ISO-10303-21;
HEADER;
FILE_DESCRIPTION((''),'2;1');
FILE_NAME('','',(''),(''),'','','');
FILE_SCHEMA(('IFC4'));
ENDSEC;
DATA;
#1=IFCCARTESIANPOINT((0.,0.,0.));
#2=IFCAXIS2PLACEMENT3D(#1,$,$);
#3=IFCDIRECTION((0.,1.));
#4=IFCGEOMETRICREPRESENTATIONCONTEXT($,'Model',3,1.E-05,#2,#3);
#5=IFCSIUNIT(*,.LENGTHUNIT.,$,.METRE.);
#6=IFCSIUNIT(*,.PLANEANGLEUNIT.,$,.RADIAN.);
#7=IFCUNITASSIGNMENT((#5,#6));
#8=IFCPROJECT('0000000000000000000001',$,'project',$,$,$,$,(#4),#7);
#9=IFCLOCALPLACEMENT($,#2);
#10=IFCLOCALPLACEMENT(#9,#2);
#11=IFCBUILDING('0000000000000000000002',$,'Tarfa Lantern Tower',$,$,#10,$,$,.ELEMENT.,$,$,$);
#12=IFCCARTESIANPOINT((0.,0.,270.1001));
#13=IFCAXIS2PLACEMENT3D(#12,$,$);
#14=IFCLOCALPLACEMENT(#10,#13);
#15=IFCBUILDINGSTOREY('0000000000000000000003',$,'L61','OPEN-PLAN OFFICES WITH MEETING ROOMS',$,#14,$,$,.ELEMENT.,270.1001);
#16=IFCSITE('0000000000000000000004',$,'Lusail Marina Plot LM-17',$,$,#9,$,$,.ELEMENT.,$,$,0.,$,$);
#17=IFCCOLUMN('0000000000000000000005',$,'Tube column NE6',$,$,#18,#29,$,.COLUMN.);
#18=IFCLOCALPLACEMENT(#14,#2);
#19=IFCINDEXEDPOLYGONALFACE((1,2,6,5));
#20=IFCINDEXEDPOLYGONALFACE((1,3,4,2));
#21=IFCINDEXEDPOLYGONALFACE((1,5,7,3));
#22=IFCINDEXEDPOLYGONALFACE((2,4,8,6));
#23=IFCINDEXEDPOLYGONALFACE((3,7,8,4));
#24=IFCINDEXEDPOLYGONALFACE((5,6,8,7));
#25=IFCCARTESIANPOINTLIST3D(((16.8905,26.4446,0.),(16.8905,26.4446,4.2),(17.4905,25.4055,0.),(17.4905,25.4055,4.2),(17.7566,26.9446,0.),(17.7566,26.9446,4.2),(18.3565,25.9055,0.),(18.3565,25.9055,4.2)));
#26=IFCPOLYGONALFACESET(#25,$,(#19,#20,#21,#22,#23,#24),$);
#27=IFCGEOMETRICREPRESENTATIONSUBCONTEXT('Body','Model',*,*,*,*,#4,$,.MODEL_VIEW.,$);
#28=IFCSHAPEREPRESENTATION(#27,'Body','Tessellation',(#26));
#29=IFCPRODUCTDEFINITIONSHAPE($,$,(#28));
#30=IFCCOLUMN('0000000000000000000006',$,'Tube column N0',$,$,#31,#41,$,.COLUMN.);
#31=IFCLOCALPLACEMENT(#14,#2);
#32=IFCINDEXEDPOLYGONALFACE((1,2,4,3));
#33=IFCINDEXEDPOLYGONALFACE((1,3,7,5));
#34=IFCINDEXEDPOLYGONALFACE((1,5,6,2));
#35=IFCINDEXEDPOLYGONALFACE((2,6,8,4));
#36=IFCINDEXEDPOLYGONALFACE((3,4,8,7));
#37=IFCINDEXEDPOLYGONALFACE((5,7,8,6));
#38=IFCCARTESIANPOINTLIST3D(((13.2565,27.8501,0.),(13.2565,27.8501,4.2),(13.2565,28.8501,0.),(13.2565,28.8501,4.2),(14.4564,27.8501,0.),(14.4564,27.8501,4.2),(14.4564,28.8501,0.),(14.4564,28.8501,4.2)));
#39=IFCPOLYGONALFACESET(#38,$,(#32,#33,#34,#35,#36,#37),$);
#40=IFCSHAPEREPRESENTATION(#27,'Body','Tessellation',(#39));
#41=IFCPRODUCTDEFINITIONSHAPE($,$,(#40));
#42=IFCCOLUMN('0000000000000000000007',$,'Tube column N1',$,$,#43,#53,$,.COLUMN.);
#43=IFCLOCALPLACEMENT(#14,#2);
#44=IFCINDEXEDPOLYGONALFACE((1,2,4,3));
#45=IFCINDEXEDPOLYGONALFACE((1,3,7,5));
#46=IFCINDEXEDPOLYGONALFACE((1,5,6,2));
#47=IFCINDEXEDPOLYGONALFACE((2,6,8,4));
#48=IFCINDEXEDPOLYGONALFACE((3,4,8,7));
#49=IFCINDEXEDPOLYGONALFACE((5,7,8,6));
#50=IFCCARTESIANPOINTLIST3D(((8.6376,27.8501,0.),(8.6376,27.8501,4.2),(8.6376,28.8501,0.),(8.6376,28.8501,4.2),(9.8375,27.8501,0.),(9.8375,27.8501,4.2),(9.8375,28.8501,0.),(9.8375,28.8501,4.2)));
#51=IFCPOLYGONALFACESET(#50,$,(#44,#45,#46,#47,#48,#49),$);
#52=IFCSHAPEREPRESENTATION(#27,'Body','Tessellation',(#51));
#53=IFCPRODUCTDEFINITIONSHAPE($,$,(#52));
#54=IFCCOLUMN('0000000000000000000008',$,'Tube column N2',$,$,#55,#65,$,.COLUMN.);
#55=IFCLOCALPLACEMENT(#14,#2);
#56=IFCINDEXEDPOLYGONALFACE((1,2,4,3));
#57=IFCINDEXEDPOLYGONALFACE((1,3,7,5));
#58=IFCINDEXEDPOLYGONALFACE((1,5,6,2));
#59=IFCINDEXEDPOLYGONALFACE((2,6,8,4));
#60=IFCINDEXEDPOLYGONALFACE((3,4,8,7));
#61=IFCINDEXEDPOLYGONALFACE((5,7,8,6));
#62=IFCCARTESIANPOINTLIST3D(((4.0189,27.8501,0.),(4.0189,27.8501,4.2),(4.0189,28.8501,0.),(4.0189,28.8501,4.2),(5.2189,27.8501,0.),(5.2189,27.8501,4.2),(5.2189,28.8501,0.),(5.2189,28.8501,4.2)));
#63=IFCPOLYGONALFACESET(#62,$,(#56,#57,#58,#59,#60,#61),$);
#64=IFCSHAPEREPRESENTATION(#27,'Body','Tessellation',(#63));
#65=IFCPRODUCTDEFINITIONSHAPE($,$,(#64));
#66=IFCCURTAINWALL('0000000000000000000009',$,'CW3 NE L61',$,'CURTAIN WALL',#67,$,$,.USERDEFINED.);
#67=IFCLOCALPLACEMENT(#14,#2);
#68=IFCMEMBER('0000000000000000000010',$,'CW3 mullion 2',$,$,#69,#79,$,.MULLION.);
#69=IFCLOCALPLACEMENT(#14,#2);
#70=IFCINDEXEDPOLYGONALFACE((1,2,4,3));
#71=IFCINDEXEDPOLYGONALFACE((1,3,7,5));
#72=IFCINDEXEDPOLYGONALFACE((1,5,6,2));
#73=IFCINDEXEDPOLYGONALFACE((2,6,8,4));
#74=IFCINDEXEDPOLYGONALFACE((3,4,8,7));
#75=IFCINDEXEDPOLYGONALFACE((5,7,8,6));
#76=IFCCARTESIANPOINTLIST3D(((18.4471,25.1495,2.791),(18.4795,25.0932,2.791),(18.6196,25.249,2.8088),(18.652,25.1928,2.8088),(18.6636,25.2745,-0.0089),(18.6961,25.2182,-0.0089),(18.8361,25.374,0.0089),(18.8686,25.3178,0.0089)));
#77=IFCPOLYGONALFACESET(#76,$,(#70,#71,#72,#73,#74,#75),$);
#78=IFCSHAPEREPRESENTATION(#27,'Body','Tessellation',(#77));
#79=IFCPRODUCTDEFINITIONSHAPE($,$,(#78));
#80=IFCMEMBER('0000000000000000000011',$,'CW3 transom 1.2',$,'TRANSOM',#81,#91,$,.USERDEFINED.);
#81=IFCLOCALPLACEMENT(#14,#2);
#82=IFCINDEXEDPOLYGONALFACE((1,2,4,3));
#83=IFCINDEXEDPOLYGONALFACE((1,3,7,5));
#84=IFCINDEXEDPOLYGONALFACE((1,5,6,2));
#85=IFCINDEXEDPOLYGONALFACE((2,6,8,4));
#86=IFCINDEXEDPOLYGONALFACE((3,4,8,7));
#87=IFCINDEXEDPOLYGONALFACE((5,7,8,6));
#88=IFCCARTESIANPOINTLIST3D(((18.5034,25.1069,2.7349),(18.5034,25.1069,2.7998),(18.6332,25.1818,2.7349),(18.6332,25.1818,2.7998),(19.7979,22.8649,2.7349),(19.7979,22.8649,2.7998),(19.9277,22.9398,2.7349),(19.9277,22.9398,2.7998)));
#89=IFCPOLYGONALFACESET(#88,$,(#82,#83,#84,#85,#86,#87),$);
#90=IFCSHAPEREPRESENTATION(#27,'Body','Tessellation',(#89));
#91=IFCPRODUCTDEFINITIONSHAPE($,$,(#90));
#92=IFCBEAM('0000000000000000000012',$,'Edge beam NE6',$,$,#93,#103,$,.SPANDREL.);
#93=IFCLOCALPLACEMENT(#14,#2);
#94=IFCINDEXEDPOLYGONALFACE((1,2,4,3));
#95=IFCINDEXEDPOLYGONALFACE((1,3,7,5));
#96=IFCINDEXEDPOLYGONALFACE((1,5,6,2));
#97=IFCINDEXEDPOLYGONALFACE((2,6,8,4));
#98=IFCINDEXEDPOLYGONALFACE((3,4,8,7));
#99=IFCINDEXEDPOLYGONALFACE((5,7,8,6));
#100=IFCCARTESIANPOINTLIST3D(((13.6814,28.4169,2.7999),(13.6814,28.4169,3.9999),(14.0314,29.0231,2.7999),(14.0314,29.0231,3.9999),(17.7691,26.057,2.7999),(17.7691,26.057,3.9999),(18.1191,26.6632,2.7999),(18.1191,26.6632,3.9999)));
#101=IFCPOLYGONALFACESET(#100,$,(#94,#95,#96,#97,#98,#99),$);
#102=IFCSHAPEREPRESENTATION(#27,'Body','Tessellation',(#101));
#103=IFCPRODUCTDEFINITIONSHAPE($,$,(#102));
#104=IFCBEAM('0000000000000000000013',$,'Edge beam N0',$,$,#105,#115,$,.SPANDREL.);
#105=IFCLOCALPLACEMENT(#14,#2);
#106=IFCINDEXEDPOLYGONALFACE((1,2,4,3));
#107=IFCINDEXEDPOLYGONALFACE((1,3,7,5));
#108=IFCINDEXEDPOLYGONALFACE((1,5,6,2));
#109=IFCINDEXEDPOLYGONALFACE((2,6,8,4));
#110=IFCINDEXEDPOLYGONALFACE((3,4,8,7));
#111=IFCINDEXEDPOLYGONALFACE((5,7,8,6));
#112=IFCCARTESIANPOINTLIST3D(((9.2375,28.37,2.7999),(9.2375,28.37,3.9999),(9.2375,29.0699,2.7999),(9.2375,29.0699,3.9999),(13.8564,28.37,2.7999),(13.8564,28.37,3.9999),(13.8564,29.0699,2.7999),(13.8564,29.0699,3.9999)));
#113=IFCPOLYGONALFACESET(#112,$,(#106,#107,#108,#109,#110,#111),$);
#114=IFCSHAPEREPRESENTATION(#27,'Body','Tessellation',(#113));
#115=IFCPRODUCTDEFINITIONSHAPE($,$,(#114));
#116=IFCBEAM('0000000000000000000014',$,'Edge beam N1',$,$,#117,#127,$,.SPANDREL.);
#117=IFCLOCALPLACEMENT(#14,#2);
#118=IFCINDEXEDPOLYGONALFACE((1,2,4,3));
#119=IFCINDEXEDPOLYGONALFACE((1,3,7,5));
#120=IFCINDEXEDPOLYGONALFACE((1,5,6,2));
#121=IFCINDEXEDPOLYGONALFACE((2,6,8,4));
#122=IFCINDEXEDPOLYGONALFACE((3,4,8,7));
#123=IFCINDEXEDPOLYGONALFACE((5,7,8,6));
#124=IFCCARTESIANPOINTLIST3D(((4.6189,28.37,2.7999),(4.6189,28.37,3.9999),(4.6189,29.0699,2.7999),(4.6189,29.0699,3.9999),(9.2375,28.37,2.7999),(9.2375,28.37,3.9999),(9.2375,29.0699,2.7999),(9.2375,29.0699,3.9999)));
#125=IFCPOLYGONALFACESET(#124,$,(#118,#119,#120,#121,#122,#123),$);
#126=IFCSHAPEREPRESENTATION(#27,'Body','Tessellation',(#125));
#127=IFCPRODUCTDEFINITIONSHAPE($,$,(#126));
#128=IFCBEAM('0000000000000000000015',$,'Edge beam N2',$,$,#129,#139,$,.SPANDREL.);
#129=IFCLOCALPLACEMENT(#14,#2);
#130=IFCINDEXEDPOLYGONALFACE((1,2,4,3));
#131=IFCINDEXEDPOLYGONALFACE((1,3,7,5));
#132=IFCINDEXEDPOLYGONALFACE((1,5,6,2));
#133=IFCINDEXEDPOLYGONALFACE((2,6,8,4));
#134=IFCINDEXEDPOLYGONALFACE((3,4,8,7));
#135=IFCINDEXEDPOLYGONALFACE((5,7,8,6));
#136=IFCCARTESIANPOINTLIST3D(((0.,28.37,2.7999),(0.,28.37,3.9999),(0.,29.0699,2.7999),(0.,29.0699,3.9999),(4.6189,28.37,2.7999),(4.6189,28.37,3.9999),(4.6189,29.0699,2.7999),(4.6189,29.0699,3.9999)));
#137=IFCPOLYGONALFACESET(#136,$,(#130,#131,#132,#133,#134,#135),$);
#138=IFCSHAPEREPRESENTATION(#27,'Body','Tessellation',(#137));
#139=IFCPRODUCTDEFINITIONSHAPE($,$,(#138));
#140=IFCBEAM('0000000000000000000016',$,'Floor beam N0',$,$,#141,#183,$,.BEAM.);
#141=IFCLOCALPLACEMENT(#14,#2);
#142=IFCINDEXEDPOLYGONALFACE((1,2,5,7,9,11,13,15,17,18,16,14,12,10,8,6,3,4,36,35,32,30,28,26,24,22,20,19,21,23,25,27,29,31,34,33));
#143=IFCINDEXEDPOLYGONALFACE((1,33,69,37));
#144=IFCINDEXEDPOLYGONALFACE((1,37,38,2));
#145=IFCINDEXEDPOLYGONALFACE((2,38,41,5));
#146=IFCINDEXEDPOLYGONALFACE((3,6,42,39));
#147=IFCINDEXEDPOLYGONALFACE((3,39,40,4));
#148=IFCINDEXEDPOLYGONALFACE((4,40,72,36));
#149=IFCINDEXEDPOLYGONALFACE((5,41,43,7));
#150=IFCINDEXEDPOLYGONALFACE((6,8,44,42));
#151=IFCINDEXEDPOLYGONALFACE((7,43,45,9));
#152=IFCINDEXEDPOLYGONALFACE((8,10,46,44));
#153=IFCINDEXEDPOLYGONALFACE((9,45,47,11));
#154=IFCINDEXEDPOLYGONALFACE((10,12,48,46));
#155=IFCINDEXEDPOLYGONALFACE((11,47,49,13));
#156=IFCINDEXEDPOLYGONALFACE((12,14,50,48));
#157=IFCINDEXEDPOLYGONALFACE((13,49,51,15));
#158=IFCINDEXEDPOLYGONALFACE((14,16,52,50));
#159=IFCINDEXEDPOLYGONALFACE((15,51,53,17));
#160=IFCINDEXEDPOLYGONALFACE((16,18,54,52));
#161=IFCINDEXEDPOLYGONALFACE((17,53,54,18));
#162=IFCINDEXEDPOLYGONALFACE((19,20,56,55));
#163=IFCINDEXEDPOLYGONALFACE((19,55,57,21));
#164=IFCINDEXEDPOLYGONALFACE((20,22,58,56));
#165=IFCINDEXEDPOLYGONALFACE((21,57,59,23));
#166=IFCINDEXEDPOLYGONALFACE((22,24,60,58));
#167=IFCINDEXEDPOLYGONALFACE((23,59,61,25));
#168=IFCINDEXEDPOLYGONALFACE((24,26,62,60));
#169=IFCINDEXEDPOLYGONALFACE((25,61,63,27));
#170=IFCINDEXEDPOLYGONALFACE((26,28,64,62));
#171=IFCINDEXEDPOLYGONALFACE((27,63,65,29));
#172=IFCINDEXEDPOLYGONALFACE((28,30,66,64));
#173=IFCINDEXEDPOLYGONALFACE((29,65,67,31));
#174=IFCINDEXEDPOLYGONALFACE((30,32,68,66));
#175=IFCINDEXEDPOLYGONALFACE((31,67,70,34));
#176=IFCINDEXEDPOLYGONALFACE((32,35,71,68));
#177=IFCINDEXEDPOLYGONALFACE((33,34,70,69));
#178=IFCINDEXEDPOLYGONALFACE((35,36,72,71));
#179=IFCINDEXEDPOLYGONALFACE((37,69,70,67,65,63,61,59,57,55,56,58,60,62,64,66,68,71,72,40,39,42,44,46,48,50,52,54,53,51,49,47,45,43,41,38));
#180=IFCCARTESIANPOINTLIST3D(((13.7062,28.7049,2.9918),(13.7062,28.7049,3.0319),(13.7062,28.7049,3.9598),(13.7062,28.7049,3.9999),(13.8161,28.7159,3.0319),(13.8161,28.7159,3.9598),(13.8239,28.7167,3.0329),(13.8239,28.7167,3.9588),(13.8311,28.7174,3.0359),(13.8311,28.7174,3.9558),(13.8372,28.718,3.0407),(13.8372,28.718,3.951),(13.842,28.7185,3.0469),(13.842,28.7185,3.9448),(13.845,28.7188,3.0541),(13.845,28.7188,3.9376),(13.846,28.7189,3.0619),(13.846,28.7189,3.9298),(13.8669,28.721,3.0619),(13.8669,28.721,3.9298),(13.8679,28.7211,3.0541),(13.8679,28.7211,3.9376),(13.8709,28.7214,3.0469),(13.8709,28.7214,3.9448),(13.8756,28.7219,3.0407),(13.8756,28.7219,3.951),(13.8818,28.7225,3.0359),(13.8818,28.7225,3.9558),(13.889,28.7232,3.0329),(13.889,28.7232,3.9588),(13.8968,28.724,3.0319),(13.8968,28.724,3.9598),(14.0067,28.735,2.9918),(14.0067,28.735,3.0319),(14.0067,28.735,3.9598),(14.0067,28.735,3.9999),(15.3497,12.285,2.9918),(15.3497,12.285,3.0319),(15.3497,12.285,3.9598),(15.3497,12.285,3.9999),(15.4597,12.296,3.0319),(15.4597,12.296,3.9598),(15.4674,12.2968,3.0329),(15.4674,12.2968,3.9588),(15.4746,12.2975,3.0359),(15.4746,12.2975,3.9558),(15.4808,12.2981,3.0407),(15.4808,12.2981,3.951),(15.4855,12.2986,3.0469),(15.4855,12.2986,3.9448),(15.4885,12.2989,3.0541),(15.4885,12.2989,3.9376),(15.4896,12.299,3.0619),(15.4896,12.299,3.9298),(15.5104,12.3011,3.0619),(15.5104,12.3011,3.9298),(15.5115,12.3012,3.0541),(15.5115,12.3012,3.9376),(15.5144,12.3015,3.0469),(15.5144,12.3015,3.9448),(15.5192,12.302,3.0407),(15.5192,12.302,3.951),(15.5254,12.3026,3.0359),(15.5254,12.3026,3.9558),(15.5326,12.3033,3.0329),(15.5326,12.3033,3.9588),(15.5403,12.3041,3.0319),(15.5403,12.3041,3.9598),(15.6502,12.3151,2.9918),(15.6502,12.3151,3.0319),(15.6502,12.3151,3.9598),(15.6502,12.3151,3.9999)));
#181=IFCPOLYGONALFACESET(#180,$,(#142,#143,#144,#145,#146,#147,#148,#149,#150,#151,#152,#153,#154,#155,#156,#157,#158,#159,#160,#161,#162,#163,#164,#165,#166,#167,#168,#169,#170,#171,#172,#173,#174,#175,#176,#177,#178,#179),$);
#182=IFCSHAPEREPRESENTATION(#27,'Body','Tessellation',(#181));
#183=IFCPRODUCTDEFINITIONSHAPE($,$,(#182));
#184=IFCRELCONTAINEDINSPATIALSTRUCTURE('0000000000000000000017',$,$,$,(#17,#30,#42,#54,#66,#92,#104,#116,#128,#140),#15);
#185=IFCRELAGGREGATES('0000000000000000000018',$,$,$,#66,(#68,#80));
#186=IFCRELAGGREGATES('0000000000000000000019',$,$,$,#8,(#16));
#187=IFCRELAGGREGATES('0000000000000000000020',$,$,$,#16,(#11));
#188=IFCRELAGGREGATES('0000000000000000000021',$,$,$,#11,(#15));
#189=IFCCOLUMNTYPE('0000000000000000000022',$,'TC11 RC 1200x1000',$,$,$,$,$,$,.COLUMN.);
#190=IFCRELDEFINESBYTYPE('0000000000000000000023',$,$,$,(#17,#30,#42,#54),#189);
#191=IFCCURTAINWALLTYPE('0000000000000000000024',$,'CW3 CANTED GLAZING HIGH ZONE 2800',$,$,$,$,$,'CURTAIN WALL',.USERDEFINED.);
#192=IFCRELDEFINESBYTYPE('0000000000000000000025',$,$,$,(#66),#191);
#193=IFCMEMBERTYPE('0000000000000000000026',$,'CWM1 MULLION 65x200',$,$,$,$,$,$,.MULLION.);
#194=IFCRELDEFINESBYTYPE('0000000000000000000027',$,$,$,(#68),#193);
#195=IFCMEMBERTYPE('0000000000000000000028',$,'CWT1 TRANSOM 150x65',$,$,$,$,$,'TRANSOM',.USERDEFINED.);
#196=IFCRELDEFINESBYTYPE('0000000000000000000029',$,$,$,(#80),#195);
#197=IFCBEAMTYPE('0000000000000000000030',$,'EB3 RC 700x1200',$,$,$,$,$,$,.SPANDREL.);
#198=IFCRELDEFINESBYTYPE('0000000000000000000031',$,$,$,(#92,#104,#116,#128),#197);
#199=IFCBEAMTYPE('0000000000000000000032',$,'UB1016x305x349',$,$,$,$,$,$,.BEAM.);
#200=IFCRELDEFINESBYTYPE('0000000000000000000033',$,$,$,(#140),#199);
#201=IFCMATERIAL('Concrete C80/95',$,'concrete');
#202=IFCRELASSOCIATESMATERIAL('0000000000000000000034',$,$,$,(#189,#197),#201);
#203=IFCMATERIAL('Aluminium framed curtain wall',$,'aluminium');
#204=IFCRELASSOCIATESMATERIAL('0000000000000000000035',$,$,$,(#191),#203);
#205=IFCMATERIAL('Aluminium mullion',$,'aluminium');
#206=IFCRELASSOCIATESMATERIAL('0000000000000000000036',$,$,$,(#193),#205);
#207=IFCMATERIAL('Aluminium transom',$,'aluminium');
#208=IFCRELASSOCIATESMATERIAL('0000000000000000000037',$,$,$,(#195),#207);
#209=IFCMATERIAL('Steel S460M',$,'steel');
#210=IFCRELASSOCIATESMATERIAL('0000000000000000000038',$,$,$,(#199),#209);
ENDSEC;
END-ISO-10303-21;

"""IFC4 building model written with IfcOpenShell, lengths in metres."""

from ifc_helpers import new_model, si_unit, direction, frame, origin, origin_2d, place, context, subcontext, project, spatial, rectangle, i_section, extrude, material, material_profile, profile_set, type_object, element, aggregate, save


model = new_model("IFC4")

# Units and contexts
model_context = context("Model", 3, precision=1e-05, world=origin(), true_north=direction((0.0, 1.0)))
body_context = subcontext(model_context, "Body", "Model", "MODEL_VIEW")
ifc_project = project(units=[si_unit("LENGTHUNIT", "METRE"), si_unit("PLANEANGLEUNIT", "RADIAN")], contexts=[model_context])

# Site, building, storey
site_placement = place(None, origin())
site = spatial("IfcSite", under=ifc_project, at=site_placement, Name="Lusail Marina Plot LM-17", CompositionType="ELEMENT", RefElevation=0.0)
building_placement = place(site_placement, origin())
building = spatial("IfcBuilding", under=site, at=building_placement, Name="Tarfa Lantern Tower", CompositionType="ELEMENT")
storey_placement = place(building_placement, frame((0.0, 0.0, 270.1001)))
storey = spatial("IfcBuildingStorey", under=building, at=storey_placement, Name="L61", Description="OPEN-PLAN OFFICES WITH MEETING ROOMS", CompositionType="ELEMENT", Elevation=270.1001)

# Columns
ifc_material_1 = material(Name="Concrete C80/95", Category="concrete")
ifc_material_profile_1 = material_profile(ifc_material_1, rectangle(XDim=1.2, YDim=1.0, at=origin_2d()), Name="RC 1200x1000")
ifc_profile_set_1 = profile_set([ifc_material_profile_1], Name="Concrete C80/95")
column_type = type_object("IfcColumnType", Name="TC11 RC 1200x1000", PredefinedType="COLUMN", material=ifc_profile_set_1)
for number, where, z_axis, x_axis, name in (
    (1, (17.6235, 26.175, 0.0), (0.0, 0.0, 1.0), (-0.5, 0.866025, 0.0), "Tube column NE6"),
    (2, (13.8564, 28.3501, 0.0), (0.0, 0.0, 1.0), (-1.0, 0.0, 0.0), "Tube column N0"),
    (3, (9.2375, 28.3501, 0.0), (0.0, 0.0, 1.0), (-1.0, 0.0, 0.0), "Tube column N1"),
    (4, (4.6189, 28.3501, 0.0), (0.0, 0.0, 1.0), (-1.0, 0.0, 0.0), "Tube column N2"),
):
    element("IfcColumn", number, at=place(storey_placement, frame(where, z_axis=z_axis, x_axis=x_axis)), inside=storey, type_object=column_type, Name=name, PredefinedType="COLUMN", context=body_context, shape_type="SweptSolid", body=[
        extrude(rectangle(XDim=1.2, YDim=1.0, at=origin_2d()), origin(), (0.0, 0.0, 1.0), 4.2),
    ])

# Curtain wall, members
ifc_material_2 = material(Name="Aluminium framed curtain wall", Category="aluminium")
curtain_wall_type = type_object("IfcCurtainWallType", Name="CW3 CANTED GLAZING HIGH ZONE 2800", ElementType="CURTAIN WALL", PredefinedType="USERDEFINED", material=ifc_material_2)
curtain_wall_placement = place(storey_placement, origin())
curtain_wall = element("IfcCurtainWall", 5, at=curtain_wall_placement, inside=storey, type_object=curtain_wall_type, Name="CW3 NE L61", ObjectType="CURTAIN WALL", PredefinedType="USERDEFINED")
ifc_material_3 = material(Name="Aluminium mullion", Category="aluminium")
ifc_material_profile_2 = material_profile(ifc_material_3, rectangle(XDim=0.0649, YDim=0.2, at=origin_2d()), Name="AL MULLION 65x200")
ifc_profile_set_2 = profile_set([ifc_material_profile_2], Name="Aluminium mullion")
member_type_1 = type_object("IfcMemberType", Name="CWM1 MULLION 65x200", PredefinedType="MULLION", material=ifc_profile_set_2)
member_1_placement = place(storey_placement, frame((18.7661, 25.2961, 0.0), z_axis=(-0.077039, -0.044469, 0.996036), x_axis=(0.49992, -0.866072, 0.0)))
member_1 = element("IfcMember", 6, at=member_1_placement, type_object=member_type_1, Name="CW3 mullion 2", PredefinedType="MULLION", context=body_context, shape_type="SweptSolid", body=[
    extrude(rectangle(XDim=0.0649, YDim=0.2, at=origin_2d()), origin(), (0.0, 0.0, 1.0), 2.811),
])
ifc_material_4 = material(Name="Aluminium transom", Category="aluminium")
ifc_material_profile_3 = material_profile(ifc_material_4, rectangle(XDim=0.1499, YDim=0.0649, at=origin_2d()), Name="AL TRANSOM 150x65")
ifc_profile_set_3 = profile_set([ifc_material_profile_3], Name="Aluminium transom")
member_type_2 = type_object("IfcMemberType", Name="CWT1 TRANSOM 150x65", ElementType="TRANSOM", PredefinedType="USERDEFINED", material=ifc_profile_set_3)
member_2_placement = place(storey_placement, frame((19.8628, 22.9023, 2.7673), z_axis=(-0.500014, 0.866018, 0.0), x_axis=(-0.866018, -0.500014, 0.0)))
member_2 = element("IfcMember", 7, at=member_2_placement, type_object=member_type_2, Name="CW3 transom 1.2", ObjectType="TRANSOM", PredefinedType="USERDEFINED", context=body_context, shape_type="SweptSolid", body=[
    extrude(rectangle(XDim=0.1499, YDim=0.0649, at=origin_2d()), origin(), (0.0, 0.0, 1.0), 2.5889),
])

# Beams
ifc_material_profile_4 = material_profile(ifc_material_1, rectangle(XDim=0.7, YDim=1.2, at=origin_2d()), Name="RC 700x1200")
ifc_profile_set_4 = profile_set([ifc_material_profile_4], Name="Concrete C80/95")
beam_type_1 = type_object("IfcBeamType", Name="EB3 RC 700x1200", PredefinedType="SPANDREL", material=ifc_profile_set_4)
beam_1_placement = place(storey_placement, frame((17.9441, 26.3601, 3.3999), z_axis=(-0.866038, 0.499978, 0.0), x_axis=(-0.499978, -0.866038, 0.0)))
element("IfcBeam", 8, at=beam_1_placement, inside=storey, type_object=beam_type_1, Name="Edge beam NE6", PredefinedType="SPANDREL", context=body_context, shape_type="SweptSolid", body=[
    extrude(rectangle(XDim=0.7, YDim=1.2, at=origin_2d()), origin(), (0.0, 0.0, 1.0), 4.72),
])
beam_2_placement = place(storey_placement, frame((13.8564, 28.72, 3.3999), z_axis=(-1.0, 0.0, 0.0), x_axis=(0.0, -1.0, 0.0)))
element("IfcBeam", 9, at=beam_2_placement, inside=storey, type_object=beam_type_1, Name="Edge beam N0", PredefinedType="SPANDREL", context=body_context, shape_type="SweptSolid", body=[
    extrude(rectangle(XDim=0.7, YDim=1.2, at=origin_2d()), origin(), (0.0, 0.0, 1.0), 4.6189),
])
beam_3_placement = place(storey_placement, frame((9.2375, 28.72, 3.3999), z_axis=(-1.0, 0.0, 0.0), x_axis=(0.0, -1.0, 0.0)))
element("IfcBeam", 10, at=beam_3_placement, inside=storey, type_object=beam_type_1, Name="Edge beam N1", PredefinedType="SPANDREL", context=body_context, shape_type="SweptSolid", body=[
    extrude(rectangle(XDim=0.7, YDim=1.2, at=origin_2d()), origin(), (0.0, 0.0, 1.0), 4.6187),
])
beam_4_placement = place(storey_placement, frame((4.6189, 28.72, 3.3999), z_axis=(-1.0, 0.0, 0.0), x_axis=(0.0, -1.0, 0.0)))
element("IfcBeam", 11, at=beam_4_placement, inside=storey, type_object=beam_type_1, Name="Edge beam N2", PredefinedType="SPANDREL", context=body_context, shape_type="SweptSolid", body=[
    extrude(rectangle(XDim=0.7, YDim=1.2, at=origin_2d()), origin(), (0.0, 0.0, 1.0), 4.6189),
])
ifc_material_5 = material(Name="Steel S460M", Category="steel")
ifc_material_profile_5 = material_profile(ifc_material_5, i_section(OverallWidth=0.302, OverallDepth=1.0081, WebThickness=0.021, FlangeThickness=0.04, FilletRadius=0.03, at=origin_2d()), Name="UB1016x305x349")
ifc_profile_set_5 = profile_set([ifc_material_profile_5], Name="Steel S460M")
beam_type_2 = type_object("IfcBeamType", Name="UB1016x305x349", PredefinedType="BEAM", material=ifc_profile_set_5)
beam_5_placement = place(storey_placement, frame((13.8564, 28.72, 3.4958), z_axis=(0.099597, -0.995028, 0.0), x_axis=(0.995028, 0.099597, 0.0)))
element("IfcBeam", 12, at=beam_5_placement, inside=storey, type_object=beam_type_2, Name="Floor beam N0", PredefinedType="BEAM", context=body_context, shape_type="SweptSolid", body=[
    extrude(i_section(OverallWidth=0.302, OverallDepth=1.0081, WebThickness=0.021, FlangeThickness=0.04, FilletRadius=0.03, at=origin_2d()), origin(), (0.0, 0.0, 1.0), 16.502),
])

aggregate(curtain_wall, [member_1, member_2])

save(model, "model.ifc")
